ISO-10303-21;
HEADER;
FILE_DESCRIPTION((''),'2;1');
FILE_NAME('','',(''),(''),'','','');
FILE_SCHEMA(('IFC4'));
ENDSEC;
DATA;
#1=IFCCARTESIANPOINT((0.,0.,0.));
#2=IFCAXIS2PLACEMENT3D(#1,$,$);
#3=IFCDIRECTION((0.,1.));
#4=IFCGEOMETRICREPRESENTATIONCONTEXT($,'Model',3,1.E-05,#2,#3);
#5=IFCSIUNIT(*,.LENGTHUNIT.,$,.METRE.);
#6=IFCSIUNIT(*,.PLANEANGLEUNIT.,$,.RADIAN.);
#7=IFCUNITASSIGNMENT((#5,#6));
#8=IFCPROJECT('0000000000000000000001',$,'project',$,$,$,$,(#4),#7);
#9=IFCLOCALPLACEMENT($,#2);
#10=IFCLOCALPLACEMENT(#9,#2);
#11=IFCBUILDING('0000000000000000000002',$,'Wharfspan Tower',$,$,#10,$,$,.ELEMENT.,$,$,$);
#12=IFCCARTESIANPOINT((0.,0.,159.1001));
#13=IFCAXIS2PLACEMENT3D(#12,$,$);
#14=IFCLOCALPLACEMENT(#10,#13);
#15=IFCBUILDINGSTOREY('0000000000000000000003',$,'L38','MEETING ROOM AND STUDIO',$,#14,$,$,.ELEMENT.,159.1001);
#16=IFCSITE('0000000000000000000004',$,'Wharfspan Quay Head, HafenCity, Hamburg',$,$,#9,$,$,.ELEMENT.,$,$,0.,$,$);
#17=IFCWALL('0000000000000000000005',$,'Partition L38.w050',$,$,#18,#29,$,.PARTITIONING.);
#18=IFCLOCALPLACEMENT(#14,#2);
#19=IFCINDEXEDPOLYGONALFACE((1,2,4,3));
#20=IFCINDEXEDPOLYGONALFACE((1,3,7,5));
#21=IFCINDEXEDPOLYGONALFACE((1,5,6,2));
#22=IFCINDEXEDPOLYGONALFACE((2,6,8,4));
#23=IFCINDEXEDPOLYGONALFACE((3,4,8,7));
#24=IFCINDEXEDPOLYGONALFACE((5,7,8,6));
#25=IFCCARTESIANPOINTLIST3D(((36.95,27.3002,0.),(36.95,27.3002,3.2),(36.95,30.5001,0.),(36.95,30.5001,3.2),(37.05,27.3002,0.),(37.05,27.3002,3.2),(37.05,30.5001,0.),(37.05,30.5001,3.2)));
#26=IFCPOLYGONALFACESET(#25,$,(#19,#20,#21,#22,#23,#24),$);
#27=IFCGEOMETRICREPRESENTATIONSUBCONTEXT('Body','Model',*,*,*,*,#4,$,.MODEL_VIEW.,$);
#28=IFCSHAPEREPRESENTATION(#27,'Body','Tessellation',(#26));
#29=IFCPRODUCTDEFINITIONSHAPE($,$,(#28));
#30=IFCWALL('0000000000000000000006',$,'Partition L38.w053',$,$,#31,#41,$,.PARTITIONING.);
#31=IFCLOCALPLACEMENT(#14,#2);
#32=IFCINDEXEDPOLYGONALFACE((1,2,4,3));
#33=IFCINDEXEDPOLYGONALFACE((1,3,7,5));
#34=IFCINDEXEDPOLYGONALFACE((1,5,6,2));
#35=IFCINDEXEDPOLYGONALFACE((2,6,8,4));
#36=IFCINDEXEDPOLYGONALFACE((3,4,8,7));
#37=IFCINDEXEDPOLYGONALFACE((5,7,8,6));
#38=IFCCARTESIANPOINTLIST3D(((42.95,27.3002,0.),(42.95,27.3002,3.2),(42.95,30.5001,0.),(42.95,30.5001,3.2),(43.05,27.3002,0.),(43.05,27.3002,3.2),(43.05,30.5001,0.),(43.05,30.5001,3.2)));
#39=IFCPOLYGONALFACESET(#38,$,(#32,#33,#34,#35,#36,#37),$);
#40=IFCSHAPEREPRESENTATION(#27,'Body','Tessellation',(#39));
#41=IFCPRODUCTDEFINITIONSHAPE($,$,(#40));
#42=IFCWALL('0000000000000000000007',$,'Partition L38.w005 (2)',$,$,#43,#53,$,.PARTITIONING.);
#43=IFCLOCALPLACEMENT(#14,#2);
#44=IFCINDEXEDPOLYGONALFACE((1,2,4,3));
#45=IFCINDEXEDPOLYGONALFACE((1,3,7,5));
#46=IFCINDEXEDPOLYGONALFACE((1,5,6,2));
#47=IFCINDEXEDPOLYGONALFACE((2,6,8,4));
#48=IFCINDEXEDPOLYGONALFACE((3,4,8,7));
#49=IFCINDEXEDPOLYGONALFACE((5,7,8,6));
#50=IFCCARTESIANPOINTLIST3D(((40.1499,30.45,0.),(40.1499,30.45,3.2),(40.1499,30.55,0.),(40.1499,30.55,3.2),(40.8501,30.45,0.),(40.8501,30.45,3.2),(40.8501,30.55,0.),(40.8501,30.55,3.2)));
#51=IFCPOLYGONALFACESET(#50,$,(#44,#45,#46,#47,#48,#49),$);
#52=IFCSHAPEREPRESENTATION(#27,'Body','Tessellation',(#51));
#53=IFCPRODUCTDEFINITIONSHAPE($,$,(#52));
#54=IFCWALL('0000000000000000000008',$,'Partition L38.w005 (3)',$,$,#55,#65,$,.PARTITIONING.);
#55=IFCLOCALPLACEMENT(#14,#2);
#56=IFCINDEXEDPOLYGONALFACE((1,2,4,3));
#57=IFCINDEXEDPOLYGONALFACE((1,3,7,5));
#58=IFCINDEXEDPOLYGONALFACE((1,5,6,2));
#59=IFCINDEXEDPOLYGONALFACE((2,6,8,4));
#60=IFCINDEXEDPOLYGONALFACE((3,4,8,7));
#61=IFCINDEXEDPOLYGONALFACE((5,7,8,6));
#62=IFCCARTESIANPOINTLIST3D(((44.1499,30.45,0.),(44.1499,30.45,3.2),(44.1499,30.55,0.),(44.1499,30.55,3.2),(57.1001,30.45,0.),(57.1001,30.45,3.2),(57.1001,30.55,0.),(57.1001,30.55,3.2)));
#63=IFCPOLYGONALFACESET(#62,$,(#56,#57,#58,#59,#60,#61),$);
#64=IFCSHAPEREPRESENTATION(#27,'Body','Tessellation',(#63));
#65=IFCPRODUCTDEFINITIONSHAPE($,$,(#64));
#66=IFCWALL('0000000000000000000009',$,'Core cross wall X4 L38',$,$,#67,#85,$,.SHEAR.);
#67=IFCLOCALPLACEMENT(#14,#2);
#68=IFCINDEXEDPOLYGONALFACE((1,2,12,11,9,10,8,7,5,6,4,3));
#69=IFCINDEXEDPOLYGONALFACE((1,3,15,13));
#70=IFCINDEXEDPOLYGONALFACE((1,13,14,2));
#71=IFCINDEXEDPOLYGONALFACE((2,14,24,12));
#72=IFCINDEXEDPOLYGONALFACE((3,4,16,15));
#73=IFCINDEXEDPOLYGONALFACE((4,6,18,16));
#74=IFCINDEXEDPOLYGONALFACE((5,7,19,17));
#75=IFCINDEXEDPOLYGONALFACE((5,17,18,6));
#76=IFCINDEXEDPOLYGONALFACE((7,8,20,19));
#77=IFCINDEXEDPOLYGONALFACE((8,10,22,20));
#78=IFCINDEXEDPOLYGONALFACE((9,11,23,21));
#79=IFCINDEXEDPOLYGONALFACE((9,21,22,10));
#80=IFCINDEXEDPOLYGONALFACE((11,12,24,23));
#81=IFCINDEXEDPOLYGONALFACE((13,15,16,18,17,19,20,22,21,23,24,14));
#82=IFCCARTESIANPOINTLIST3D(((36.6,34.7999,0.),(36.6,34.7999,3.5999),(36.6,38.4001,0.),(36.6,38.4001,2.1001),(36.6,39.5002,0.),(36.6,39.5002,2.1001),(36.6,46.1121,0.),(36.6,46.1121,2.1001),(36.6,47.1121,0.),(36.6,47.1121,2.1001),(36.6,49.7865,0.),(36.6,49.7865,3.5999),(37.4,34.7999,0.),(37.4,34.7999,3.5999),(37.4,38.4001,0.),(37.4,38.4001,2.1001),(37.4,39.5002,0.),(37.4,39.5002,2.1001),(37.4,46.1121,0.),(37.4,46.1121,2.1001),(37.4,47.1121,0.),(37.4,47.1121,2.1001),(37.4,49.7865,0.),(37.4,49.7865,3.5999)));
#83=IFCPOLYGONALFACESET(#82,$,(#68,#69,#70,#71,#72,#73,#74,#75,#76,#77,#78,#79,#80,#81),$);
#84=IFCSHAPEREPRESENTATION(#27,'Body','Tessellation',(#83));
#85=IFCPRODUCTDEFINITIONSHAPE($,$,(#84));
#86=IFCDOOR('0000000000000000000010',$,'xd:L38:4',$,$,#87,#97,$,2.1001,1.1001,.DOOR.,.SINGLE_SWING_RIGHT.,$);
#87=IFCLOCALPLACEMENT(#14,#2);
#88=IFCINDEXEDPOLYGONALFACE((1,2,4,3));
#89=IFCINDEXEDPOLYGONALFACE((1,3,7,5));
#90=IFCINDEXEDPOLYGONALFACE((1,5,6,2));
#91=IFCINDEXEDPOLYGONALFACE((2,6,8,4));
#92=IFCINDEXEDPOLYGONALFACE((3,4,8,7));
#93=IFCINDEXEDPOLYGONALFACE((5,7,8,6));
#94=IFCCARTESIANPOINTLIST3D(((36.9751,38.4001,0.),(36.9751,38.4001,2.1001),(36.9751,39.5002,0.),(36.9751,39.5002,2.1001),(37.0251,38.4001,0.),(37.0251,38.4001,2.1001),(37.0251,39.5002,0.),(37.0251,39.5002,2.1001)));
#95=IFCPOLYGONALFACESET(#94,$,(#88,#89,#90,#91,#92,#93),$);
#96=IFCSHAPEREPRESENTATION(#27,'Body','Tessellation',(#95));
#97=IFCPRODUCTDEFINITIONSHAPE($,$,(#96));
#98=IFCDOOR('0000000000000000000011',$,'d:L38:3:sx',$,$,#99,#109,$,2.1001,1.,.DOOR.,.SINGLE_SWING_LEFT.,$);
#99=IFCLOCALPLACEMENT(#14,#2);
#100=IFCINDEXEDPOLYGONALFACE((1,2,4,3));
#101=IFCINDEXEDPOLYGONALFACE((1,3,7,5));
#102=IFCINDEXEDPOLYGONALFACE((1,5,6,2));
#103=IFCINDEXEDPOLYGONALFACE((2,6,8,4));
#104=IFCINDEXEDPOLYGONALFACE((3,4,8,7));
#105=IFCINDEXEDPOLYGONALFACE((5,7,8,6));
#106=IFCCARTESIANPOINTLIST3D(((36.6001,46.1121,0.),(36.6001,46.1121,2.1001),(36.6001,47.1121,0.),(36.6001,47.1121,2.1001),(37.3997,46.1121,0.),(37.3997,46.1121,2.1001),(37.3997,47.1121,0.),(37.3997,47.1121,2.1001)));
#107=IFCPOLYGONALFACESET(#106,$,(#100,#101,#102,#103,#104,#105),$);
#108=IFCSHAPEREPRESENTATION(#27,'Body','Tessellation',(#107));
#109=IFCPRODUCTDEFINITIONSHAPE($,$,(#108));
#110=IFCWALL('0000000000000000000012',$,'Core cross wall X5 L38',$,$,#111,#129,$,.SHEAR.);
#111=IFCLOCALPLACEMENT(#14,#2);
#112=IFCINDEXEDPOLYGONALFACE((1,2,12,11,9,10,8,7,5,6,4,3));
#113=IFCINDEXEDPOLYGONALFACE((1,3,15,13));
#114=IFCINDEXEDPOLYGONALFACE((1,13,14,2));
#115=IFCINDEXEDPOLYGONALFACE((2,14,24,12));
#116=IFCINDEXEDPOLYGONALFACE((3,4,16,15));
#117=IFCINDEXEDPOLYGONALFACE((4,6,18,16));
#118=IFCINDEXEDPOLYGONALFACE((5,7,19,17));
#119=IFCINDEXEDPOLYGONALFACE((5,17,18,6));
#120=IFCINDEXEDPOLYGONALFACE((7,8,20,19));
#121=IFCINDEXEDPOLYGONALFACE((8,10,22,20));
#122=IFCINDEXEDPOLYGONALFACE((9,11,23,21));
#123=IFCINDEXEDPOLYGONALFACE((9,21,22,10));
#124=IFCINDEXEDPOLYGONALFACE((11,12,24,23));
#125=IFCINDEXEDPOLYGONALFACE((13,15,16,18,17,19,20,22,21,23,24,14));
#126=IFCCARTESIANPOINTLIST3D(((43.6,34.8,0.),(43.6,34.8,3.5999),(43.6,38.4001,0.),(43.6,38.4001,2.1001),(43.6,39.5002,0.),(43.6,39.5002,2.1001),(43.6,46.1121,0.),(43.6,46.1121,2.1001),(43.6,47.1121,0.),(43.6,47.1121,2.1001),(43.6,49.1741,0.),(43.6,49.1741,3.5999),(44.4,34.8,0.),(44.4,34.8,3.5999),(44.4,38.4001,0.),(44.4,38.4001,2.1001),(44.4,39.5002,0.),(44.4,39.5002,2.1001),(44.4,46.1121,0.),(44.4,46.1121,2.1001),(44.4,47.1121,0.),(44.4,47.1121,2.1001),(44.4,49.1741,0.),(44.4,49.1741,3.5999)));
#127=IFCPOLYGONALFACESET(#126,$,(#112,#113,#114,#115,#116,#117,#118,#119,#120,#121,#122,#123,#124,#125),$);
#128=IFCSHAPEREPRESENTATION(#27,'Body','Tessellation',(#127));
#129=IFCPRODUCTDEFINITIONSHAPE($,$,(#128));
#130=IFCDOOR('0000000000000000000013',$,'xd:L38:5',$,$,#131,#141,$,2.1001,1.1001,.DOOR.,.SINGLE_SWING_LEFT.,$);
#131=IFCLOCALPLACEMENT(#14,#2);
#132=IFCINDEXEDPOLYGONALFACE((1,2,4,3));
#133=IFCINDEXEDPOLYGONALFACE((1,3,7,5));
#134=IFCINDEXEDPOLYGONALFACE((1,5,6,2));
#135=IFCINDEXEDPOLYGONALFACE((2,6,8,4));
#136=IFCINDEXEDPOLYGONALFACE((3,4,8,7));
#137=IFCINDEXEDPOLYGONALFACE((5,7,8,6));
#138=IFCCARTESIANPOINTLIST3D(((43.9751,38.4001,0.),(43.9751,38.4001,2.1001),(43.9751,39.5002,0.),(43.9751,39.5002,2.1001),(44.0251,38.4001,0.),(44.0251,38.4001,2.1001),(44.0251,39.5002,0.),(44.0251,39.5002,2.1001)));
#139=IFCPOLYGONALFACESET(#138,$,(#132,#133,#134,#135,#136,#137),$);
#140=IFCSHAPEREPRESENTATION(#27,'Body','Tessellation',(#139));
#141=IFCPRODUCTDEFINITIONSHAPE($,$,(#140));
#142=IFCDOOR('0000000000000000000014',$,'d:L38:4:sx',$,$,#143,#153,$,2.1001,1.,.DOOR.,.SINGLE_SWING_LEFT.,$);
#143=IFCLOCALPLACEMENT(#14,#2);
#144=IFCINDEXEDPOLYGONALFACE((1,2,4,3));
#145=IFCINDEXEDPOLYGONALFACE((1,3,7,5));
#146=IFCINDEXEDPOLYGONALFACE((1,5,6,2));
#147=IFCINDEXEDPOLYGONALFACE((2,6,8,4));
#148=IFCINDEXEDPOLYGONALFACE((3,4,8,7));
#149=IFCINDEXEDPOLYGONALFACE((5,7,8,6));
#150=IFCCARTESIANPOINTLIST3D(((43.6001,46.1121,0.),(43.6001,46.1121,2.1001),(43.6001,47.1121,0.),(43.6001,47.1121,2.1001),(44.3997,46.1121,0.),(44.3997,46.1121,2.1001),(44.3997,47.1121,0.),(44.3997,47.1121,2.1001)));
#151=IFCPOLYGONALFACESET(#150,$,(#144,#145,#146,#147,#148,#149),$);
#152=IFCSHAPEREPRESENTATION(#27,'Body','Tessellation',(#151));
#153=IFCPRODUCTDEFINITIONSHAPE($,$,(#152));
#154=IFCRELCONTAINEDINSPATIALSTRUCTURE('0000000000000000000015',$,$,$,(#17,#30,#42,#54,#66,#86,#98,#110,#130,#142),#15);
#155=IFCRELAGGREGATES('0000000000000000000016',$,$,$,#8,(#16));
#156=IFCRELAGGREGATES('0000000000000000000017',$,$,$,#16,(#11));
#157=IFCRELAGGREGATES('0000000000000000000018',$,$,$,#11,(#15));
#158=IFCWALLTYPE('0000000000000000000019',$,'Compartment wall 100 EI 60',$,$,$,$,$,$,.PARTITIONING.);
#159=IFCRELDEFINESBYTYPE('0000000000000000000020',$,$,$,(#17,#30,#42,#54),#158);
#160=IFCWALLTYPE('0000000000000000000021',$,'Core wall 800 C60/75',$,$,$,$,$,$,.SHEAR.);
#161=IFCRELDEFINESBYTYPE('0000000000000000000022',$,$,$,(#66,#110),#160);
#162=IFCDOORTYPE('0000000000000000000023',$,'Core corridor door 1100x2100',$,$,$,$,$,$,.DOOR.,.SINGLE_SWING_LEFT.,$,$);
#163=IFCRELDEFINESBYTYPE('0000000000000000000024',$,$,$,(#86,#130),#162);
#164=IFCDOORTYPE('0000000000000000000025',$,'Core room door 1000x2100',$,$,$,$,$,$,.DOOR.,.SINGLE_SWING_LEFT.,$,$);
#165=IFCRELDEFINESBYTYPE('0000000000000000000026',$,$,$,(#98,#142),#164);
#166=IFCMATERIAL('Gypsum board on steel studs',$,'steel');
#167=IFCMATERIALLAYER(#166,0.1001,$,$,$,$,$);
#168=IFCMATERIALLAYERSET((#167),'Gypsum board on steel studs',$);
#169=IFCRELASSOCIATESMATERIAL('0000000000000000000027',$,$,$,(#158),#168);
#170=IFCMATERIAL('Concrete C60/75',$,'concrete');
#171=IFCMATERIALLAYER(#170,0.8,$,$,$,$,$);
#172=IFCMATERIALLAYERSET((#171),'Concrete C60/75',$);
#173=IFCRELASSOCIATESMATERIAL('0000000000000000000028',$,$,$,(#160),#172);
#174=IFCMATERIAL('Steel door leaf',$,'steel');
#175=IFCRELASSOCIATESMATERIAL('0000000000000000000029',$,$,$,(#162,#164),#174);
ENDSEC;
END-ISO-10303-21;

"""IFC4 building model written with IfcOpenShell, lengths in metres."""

from ifc_helpers import new_model, si_unit, direction, frame, frame_2d, origin, place, context, subcontext, project, spatial, rectangle, extrude, material, layer, layer_set, type_object, element, fill, save


model = new_model("IFC4")

# Units and contexts
model_context = context("Model", 3, precision=1e-05, world=origin(), true_north=direction((0.0, 1.0)))
body_context = subcontext(model_context, "Body", "Model", "MODEL_VIEW")
ifc_project = project(units=[si_unit("LENGTHUNIT", "METRE"), si_unit("PLANEANGLEUNIT", "RADIAN")], contexts=[model_context])

# Site, building, storey
site_placement = place(None, origin())
site = spatial("IfcSite", under=ifc_project, at=site_placement, Name="Wharfspan Quay Head, HafenCity, Hamburg", CompositionType="ELEMENT", RefElevation=0.0)
building_placement = place(site_placement, origin())
building = spatial("IfcBuilding", under=site, at=building_placement, Name="Wharfspan Tower", CompositionType="ELEMENT")
storey_placement = place(building_placement, frame((0.0, 0.0, 159.1001)))
storey = spatial("IfcBuildingStorey", under=building, at=storey_placement, Name="L38", Description="MEETING ROOM AND STUDIO", CompositionType="ELEMENT", Elevation=159.1001)

# Walls
ifc_material_1 = material(Name="Gypsum board on steel studs", Category="steel")
ifc_layer_1 = layer(ifc_material_1, 0.1001)
ifc_layer_set_1 = layer_set([ifc_layer_1], Name="Gypsum board on steel studs")
wall_type_1 = type_object("IfcWallType", Name="Compartment wall 100 EI 60", PredefinedType="PARTITIONING", material=ifc_layer_set_1)
for number, where, z_axis, x_axis, name in (
    (1, (37.0, 27.3, 0.0), (0.0, 0.0, 1.0), (0.0, 1.0, 0.0), "Partition L38.w050"),
    (2, (43.0, 27.3, 0.0), (0.0, 0.0, 1.0), (0.0, 1.0, 0.0), "Partition L38.w053"),
):
    element("IfcWall", number, at=place(storey_placement, frame(where, z_axis=z_axis, x_axis=x_axis)), inside=storey, type_object=wall_type_1, Name=name, PredefinedType="PARTITIONING", context=body_context, shape_type="SweptSolid", body=[
        extrude(rectangle(XDim=3.2, YDim=0.1001, at=frame_2d((1.6001, 0.0))), origin(), (0.0, 0.0, 1.0), 3.2),
    ])
wall_1_placement = place(storey_placement, frame((40.1499, 30.5, 0.0), z_axis=(0.0, 0.0, 1.0), x_axis=(1.0, 0.0, 0.0)))
element("IfcWall", 3, at=wall_1_placement, inside=storey, type_object=wall_type_1, Name="Partition L38.w005 (2)", PredefinedType="PARTITIONING", context=body_context, shape_type="SweptSolid", body=[
    extrude(rectangle(XDim=0.7002, YDim=0.1001, at=frame_2d((0.3501, 0.0))), origin(), (0.0, 0.0, 1.0), 3.2),
])
wall_2_placement = place(storey_placement, frame((44.1499, 30.5, 0.0), z_axis=(0.0, 0.0, 1.0), x_axis=(1.0, 0.0, 0.0)))
element("IfcWall", 4, at=wall_2_placement, inside=storey, type_object=wall_type_1, Name="Partition L38.w005 (3)", PredefinedType="PARTITIONING", context=body_context, shape_type="SweptSolid", body=[
    extrude(rectangle(XDim=12.9502, YDim=0.1001, at=frame_2d((6.4751, 0.0))), origin(), (0.0, 0.0, 1.0), 3.2),
])

# Walls, openings, doors
ifc_material_2 = material(Name="Concrete C60/75", Category="concrete")
ifc_layer_2 = layer(ifc_material_2, 0.8)
ifc_layer_set_2 = layer_set([ifc_layer_2], Name="Concrete C60/75")
wall_type_2 = type_object("IfcWallType", Name="Core wall 800 C60/75", PredefinedType="SHEAR", material=ifc_layer_set_2)
wall_3_placement = place(storey_placement, frame((37.0, 34.8, 0.0), z_axis=(0.0, 0.0, 1.0), x_axis=(0.0, 1.0, 0.0)))
wall_3 = element("IfcWall", 5, at=wall_3_placement, inside=storey, type_object=wall_type_2, Name="Core cross wall X4 L38", PredefinedType="SHEAR", context=body_context, shape_type="SweptSolid", body=[
    extrude(rectangle(XDim=14.9866, YDim=0.8, at=frame_2d((7.4932, 0.0))), origin(), (0.0, 0.0, 1.0), 3.5999),
])
opening_1_placement = place(wall_3_placement, frame((11.312, 0.0, 0.0)))
opening_1 = element("IfcOpeningElement", 6, at=opening_1_placement, cuts=wall_3, PredefinedType="OPENING", context=body_context, shape_type="SweptSolid", body=[
    extrude(rectangle(XDim=1.0, YDim=2.1001, at=frame_2d((0.5, 1.05))), frame((0.0, 0.4099, 0.0), z_axis=(0.0, -1.0, 0.0), x_axis=(1.0, 0.0, 0.0)), (0.0, 0.0, 1.0), 0.8201),
])
opening_2_placement = place(wall_3_placement, frame((3.6001, 0.0, 0.0)))
opening_2 = element("IfcOpeningElement", 7, at=opening_2_placement, cuts=wall_3, PredefinedType="OPENING", context=body_context, shape_type="SweptSolid", body=[
    extrude(rectangle(XDim=1.1001, YDim=2.1001, at=frame_2d((0.55, 1.05))), frame((0.0, 0.4099, 0.0), z_axis=(0.0, -1.0, 0.0), x_axis=(1.0, 0.0, 0.0)), (0.0, 0.0, 1.0), 0.8201),
])
ifc_material_3 = material(Name="Steel door leaf", Category="steel")
door_type_1 = type_object("IfcDoorType", Name="Core corridor door 1100x2100", OperationType="SINGLE_SWING_LEFT", PredefinedType="DOOR", material=ifc_material_3)
door_1_placement = place(opening_2_placement, origin())
door_1 = element("IfcDoor", 8, at=door_1_placement, inside=storey, type_object=door_type_1, Name="xd:L38:4", OperationType="SINGLE_SWING_RIGHT", OverallHeight=2.1001, OverallWidth=1.1001, PredefinedType="DOOR", context=body_context, shape_type="SweptSolid", body=[
    extrude(rectangle(XDim=1.1001, YDim=2.1001, at=frame_2d((0.55, 1.05))), frame((0.0, 0.0249, 0.0), z_axis=(0.0, -1.0, 0.0), x_axis=(1.0, 0.0, 0.0)), (0.0, 0.0, 1.0), 0.05),
])
fill(opening_2, door_1)
door_type_2 = type_object("IfcDoorType", Name="Core room door 1000x2100", OperationType="SINGLE_SWING_LEFT", PredefinedType="DOOR", material=ifc_material_3)
door_2_placement = place(opening_1_placement, origin())
door_2 = element("IfcDoor", 9, at=door_2_placement, inside=storey, type_object=door_type_2, Name="d:L38:3:sx", OperationType="SINGLE_SWING_LEFT", OverallHeight=2.1001, OverallWidth=1.0, PredefinedType="DOOR", context=body_context, shape_type="SweptSolid", body=[
    extrude(rectangle(XDim=1.0, YDim=2.1001, at=frame_2d((0.5, 1.05))), frame((0.0, 0.3999, 0.0), z_axis=(0.0, -1.0, 0.0), x_axis=(1.0, 0.0, 0.0)), (0.0, 0.0, 1.0), 0.7996),
])
fill(opening_1, door_2)
wall_4_placement = place(storey_placement, frame((44.0, 34.8, 0.0), z_axis=(0.0, 0.0, 1.0), x_axis=(0.0, 1.0, 0.0)))
wall_4 = element("IfcWall", 10, at=wall_4_placement, inside=storey, type_object=wall_type_2, Name="Core cross wall X5 L38", PredefinedType="SHEAR", context=body_context, shape_type="SweptSolid", body=[
    extrude(rectangle(XDim=14.374, YDim=0.8, at=frame_2d((7.187, 0.0))), origin(), (0.0, 0.0, 1.0), 3.5999),
])
opening_3_placement = place(wall_4_placement, frame((11.312, 0.0, 0.0)))
opening_3 = element("IfcOpeningElement", 11, at=opening_3_placement, cuts=wall_4, PredefinedType="OPENING", context=body_context, shape_type="SweptSolid", body=[
    extrude(rectangle(XDim=1.0, YDim=2.1001, at=frame_2d((0.5, 1.05))), frame((0.0, 0.4099, 0.0), z_axis=(0.0, -1.0, 0.0), x_axis=(1.0, 0.0, 0.0)), (0.0, 0.0, 1.0), 0.8201),
])
opening_4_placement = place(wall_4_placement, frame((3.6001, 0.0, 0.0)))
opening_4 = element("IfcOpeningElement", 12, at=opening_4_placement, cuts=wall_4, PredefinedType="OPENING", context=body_context, shape_type="SweptSolid", body=[
    extrude(rectangle(XDim=1.1001, YDim=2.1001, at=frame_2d((0.55, 1.05))), frame((0.0, 0.4099, 0.0), z_axis=(0.0, -1.0, 0.0), x_axis=(1.0, 0.0, 0.0)), (0.0, 0.0, 1.0), 0.8201),
])
door_3_placement = place(opening_4_placement, origin())
door_3 = element("IfcDoor", 13, at=door_3_placement, inside=storey, type_object=door_type_1, Name="xd:L38:5", OperationType="SINGLE_SWING_LEFT", OverallHeight=2.1001, OverallWidth=1.1001, PredefinedType="DOOR", context=body_context, shape_type="SweptSolid", body=[
    extrude(rectangle(XDim=1.1001, YDim=2.1001, at=frame_2d((0.55, 1.05))), frame((0.0, 0.0249, 0.0), z_axis=(0.0, -1.0, 0.0), x_axis=(1.0, 0.0, 0.0)), (0.0, 0.0, 1.0), 0.05),
])
fill(opening_4, door_3)
door_4_placement = place(opening_3_placement, origin())
door_4 = element("IfcDoor", 14, at=door_4_placement, inside=storey, type_object=door_type_2, Name="d:L38:4:sx", OperationType="SINGLE_SWING_LEFT", OverallHeight=2.1001, OverallWidth=1.0, PredefinedType="DOOR", context=body_context, shape_type="SweptSolid", body=[
    extrude(rectangle(XDim=1.0, YDim=2.1001, at=frame_2d((0.5, 1.05))), frame((0.0, 0.3999, 0.0), z_axis=(0.0, -1.0, 0.0), x_axis=(1.0, 0.0, 0.0)), (0.0, 0.0, 1.0), 0.7996),
])
fill(opening_3, door_4)

save(model, "model.ifc")
